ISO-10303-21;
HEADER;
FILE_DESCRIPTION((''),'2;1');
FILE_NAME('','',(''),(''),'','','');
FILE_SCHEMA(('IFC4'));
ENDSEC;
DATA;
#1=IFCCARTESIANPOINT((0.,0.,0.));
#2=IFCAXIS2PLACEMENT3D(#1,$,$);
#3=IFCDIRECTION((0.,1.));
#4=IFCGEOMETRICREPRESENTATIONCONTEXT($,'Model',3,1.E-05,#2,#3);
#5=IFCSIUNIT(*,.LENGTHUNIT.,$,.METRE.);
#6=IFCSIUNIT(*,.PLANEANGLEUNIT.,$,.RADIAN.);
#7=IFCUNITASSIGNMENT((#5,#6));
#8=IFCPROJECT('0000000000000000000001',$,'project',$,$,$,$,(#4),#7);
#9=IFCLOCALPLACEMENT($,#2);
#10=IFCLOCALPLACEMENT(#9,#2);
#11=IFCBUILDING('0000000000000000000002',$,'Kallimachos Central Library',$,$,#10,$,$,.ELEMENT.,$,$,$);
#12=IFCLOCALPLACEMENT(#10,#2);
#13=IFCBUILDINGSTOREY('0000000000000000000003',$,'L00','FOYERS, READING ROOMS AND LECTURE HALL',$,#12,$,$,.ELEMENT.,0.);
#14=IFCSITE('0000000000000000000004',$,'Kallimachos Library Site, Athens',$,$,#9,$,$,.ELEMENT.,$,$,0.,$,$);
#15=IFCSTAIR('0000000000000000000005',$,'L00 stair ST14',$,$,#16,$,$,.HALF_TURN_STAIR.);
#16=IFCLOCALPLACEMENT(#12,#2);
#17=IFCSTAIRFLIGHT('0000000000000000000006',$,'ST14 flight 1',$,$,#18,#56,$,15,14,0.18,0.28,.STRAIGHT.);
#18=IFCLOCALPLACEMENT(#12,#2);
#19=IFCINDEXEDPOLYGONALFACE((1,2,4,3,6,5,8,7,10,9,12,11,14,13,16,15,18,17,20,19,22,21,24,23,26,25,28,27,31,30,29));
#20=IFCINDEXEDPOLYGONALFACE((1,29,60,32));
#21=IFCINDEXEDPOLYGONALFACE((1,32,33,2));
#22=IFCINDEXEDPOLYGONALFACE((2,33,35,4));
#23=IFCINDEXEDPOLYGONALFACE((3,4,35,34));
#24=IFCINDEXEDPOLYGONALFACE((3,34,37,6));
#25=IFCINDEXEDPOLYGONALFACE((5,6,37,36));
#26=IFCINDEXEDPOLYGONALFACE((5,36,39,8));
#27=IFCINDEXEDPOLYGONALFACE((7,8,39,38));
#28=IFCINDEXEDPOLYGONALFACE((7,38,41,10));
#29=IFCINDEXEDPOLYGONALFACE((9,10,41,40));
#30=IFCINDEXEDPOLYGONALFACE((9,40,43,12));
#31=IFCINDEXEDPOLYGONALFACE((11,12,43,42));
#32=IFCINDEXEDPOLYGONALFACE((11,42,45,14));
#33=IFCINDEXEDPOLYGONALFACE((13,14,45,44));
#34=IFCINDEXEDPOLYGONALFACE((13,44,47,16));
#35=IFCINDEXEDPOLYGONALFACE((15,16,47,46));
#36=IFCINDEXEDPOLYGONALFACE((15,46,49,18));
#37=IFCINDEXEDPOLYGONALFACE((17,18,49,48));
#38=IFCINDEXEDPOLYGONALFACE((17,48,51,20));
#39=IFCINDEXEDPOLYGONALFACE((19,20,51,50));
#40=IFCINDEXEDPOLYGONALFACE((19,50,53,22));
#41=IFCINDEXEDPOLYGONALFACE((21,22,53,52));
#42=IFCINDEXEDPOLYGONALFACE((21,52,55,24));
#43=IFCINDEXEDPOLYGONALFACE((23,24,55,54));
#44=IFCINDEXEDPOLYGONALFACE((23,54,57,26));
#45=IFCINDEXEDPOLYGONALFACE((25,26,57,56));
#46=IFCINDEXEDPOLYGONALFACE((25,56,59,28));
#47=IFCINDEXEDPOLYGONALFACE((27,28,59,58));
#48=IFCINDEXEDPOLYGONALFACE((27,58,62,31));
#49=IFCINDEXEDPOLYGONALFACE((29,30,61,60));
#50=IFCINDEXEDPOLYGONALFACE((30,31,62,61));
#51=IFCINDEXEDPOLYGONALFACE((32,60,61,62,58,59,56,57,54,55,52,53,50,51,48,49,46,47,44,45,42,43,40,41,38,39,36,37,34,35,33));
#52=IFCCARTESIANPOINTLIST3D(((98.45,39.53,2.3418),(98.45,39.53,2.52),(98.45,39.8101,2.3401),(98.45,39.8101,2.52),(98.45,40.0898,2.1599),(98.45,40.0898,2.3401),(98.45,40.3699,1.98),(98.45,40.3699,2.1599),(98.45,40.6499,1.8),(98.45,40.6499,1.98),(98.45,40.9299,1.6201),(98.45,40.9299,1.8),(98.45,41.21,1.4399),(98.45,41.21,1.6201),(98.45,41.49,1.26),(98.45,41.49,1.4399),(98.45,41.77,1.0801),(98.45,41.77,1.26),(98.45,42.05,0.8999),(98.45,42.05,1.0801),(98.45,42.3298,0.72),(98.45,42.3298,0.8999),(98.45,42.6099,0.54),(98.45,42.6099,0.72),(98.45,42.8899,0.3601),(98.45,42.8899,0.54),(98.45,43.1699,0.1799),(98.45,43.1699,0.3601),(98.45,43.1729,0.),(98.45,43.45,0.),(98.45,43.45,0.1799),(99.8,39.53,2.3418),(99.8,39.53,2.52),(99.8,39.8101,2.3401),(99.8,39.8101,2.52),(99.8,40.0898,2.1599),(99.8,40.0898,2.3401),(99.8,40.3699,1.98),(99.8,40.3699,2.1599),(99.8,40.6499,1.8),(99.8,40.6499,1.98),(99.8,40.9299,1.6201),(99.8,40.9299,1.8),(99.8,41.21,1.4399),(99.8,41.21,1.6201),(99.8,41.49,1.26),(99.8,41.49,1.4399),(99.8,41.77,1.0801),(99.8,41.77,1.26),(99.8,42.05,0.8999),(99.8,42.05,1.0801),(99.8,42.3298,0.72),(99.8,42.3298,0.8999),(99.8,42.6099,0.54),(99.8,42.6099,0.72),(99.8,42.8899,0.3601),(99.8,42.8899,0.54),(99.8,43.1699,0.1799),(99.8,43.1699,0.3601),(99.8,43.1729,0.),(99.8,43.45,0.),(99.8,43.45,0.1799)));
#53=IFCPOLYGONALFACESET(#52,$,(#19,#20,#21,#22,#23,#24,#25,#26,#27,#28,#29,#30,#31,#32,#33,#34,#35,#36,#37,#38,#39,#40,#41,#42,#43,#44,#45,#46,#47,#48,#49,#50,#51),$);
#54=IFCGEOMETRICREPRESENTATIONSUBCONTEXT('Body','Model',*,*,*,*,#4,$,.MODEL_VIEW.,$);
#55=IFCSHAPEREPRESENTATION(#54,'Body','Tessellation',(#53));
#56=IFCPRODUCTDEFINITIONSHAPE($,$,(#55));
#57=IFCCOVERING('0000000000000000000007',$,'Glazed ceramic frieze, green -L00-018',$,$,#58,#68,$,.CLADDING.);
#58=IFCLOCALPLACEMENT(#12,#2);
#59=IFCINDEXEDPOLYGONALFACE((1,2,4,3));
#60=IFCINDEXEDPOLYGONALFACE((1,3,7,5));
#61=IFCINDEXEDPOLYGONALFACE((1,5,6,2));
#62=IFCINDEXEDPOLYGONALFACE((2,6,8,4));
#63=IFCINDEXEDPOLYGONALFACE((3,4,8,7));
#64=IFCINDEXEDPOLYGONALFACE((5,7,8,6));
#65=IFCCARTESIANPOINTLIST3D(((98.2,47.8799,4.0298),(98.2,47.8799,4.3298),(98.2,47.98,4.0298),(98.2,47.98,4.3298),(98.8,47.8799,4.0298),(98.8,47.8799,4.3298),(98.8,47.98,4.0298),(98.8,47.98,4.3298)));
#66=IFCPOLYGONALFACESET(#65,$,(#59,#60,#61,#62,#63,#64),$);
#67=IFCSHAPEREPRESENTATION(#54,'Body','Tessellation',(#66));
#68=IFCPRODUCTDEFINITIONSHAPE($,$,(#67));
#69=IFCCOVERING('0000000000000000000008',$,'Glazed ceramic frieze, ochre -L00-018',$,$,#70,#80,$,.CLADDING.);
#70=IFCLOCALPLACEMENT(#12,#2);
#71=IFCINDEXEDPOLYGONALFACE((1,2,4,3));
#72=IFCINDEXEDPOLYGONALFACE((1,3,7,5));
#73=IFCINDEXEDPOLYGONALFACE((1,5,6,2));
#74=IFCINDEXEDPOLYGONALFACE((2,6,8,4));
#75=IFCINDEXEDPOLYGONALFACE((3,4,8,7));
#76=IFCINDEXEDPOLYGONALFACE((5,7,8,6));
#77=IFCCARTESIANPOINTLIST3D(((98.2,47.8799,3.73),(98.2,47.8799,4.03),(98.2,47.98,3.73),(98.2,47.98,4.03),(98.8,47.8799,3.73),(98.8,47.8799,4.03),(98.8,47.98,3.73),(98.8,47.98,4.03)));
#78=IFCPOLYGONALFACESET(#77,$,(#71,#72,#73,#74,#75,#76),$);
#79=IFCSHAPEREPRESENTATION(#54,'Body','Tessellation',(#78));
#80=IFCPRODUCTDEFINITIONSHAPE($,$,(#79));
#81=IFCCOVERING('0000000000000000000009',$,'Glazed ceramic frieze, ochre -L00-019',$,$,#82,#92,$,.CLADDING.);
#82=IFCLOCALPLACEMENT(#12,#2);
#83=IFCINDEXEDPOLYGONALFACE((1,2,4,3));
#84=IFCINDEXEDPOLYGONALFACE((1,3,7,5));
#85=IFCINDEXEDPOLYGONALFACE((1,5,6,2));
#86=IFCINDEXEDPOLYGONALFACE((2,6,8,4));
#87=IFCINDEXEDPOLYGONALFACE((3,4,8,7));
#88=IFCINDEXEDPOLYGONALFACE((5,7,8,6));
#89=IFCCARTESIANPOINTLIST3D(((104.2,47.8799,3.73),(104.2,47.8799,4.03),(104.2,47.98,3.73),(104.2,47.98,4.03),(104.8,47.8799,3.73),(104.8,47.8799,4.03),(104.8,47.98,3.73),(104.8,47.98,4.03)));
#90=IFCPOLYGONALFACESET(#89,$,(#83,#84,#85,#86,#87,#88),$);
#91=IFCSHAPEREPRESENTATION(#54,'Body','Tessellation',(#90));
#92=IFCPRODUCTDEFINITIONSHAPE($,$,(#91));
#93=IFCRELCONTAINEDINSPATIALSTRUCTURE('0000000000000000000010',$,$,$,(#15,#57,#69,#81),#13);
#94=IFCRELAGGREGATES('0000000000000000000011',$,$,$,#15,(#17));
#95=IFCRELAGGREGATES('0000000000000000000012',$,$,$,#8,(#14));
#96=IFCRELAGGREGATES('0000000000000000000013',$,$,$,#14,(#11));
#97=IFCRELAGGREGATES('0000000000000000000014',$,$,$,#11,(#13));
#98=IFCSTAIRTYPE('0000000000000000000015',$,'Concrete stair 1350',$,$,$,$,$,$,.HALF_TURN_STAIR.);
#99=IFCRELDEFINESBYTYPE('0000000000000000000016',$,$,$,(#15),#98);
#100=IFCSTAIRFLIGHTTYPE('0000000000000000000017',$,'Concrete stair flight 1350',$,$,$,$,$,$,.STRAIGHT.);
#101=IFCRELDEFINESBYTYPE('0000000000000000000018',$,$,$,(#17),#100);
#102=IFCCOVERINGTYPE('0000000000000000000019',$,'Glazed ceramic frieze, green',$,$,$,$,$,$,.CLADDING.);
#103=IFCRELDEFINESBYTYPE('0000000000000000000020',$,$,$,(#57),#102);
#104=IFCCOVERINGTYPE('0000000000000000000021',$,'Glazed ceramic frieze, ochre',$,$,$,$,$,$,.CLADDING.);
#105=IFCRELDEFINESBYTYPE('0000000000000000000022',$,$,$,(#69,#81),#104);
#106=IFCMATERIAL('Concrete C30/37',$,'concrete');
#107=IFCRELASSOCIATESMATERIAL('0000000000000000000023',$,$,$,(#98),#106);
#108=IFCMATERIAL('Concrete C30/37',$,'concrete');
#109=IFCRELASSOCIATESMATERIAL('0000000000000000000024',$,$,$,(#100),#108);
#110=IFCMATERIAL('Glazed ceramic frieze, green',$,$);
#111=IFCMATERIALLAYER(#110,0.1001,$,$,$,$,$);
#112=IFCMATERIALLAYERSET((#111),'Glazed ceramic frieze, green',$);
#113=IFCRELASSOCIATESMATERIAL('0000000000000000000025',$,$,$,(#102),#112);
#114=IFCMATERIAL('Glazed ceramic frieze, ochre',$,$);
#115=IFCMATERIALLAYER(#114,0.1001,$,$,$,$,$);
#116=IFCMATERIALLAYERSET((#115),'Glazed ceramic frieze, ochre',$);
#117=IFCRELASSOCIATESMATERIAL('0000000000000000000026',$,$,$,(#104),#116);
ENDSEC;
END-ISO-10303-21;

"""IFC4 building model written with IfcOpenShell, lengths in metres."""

from ifc_helpers import new_model, si_unit, direction, frame, origin, origin_2d, place, context, subcontext, project, spatial, polyline, rectangle, outline, extrude, material, layer, layer_set, type_object, element, aggregate, save


model = new_model("IFC4")

# Units and contexts
model_context = context("Model", 3, precision=1e-05, world=origin(), true_north=direction((0.0, 1.0)))
body_context = subcontext(model_context, "Body", "Model", "MODEL_VIEW")
ifc_project = project(units=[si_unit("LENGTHUNIT", "METRE"), si_unit("PLANEANGLEUNIT", "RADIAN")], contexts=[model_context])

# Site, building, storey
site_placement = place(None, origin())
site = spatial("IfcSite", under=ifc_project, at=site_placement, Name="Kallimachos Library Site, Athens", CompositionType="ELEMENT", RefElevation=0.0)
building_placement = place(site_placement, origin())
building = spatial("IfcBuilding", under=site, at=building_placement, Name="Kallimachos Central Library", CompositionType="ELEMENT")
storey_placement = place(building_placement, origin())
storey = spatial("IfcBuildingStorey", under=building, at=storey_placement, Name="L00", Description="FOYERS, READING ROOMS AND LECTURE HALL", CompositionType="ELEMENT", Elevation=0.0)

# Stair, stair flight
ifc_material_1 = material(Name="Concrete C30/37", Category="concrete")
stair_type = type_object("IfcStairType", Name="Concrete stair 1350", PredefinedType="HALF_TURN_STAIR", material=ifc_material_1)
stair_placement = place(storey_placement, origin())
stair = element("IfcStair", 1, at=stair_placement, inside=storey, type_object=stair_type, Name="L00 stair ST14", PredefinedType="HALF_TURN_STAIR")
ifc_material_2 = material(Name="Concrete C30/37", Category="concrete")
stair_flight_type = type_object("IfcStairFlightType", Name="Concrete stair flight 1350", PredefinedType="STRAIGHT", material=ifc_material_2)
stair_flight_placement = place(storey_placement, frame((99.125, 43.45, 0.0), z_axis=(0.0, 0.0, 1.0), x_axis=(0.0, -1.0, 0.0)))
stair_flight = element("IfcStairFlight", 2, at=stair_flight_placement, type_object=stair_flight_type, Name="ST14 flight 1", NumberOfRisers=15, NumberOfTreads=14, PredefinedType="STRAIGHT", RiserHeight=0.18, TreadLength=0.28, context=body_context, shape_type="SweptSolid", body=[
    extrude(outline(polyline([(0.0, 0.0), (0.0, 0.1799), (0.28, 0.1799), (0.28, 0.3601), (0.5601, 0.3601), (0.5601, 0.54), (0.8401, 0.54), (0.8401, 0.72), (1.1201, 0.72), (1.1201, 0.8999), (1.3999, 0.8999), (1.3999, 1.0801), (1.6799, 1.0801), (1.6799, 1.26), (1.96, 1.26), (1.96, 1.4399), (2.24, 1.4399), (2.24, 1.6201), (2.52, 1.6201), (2.52, 1.8), (2.8, 1.8), (2.8, 1.98), (3.0801, 1.98), (3.0801, 2.1599), (3.3601, 2.1599), (3.3601, 2.3401), (3.6399, 2.3401), (3.6399, 2.52), (3.9199, 2.52), (3.9199, 2.7), (3.9199, 2.3418), (0.2771, 0.0), (0.0, 0.0)])), frame((0.0, 0.675, 0.0), z_axis=(0.0, -1.0, 0.0), x_axis=(1.0, 0.0, 0.0)), (0.0, 0.0, 1.0), 1.3501),
])
aggregate(stair, [stair_flight])

# Coverings
ifc_material_3 = material(Name="Glazed ceramic frieze, green")
ifc_layer_1 = layer(ifc_material_3, 0.1001)
ifc_layer_set_1 = layer_set([ifc_layer_1], Name="Glazed ceramic frieze, green")
covering_type_1 = type_object("IfcCoveringType", Name="Glazed ceramic frieze, green", PredefinedType="CLADDING", material=ifc_layer_set_1)
covering_1_placement = place(storey_placement, frame((98.5, 47.9299, 4.0298), z_axis=(0.0, 0.0, 1.0), x_axis=(1.0, 0.0, 0.0)))
element("IfcCovering", 3, at=covering_1_placement, inside=storey, type_object=covering_type_1, Name="Glazed ceramic frieze, green -L00-018", PredefinedType="CLADDING", context=body_context, shape_type="SweptSolid", body=[
    extrude(rectangle(XDim=0.6001, YDim=0.1001, at=origin_2d()), origin(), (0.0, 0.0, 1.0), 0.3),
])
ifc_material_4 = material(Name="Glazed ceramic frieze, ochre")
ifc_layer_2 = layer(ifc_material_4, 0.1001)
ifc_layer_set_2 = layer_set([ifc_layer_2], Name="Glazed ceramic frieze, ochre")
covering_type_2 = type_object("IfcCoveringType", Name="Glazed ceramic frieze, ochre", PredefinedType="CLADDING", material=ifc_layer_set_2)
for number, where, z_axis, x_axis, name in (
    (4, (98.5, 47.9299, 3.73), (0.0, 0.0, 1.0), (1.0, 0.0, 0.0), "Glazed ceramic frieze, ochre -L00-018"),
    (5, (104.5, 47.9299, 3.73), (0.0, 0.0, 1.0), (1.0, 0.0, 0.0), "Glazed ceramic frieze, ochre -L00-019"),
):
    element("IfcCovering", number, at=place(storey_placement, frame(where, z_axis=z_axis, x_axis=x_axis)), inside=storey, type_object=covering_type_2, Name=name, PredefinedType="CLADDING", context=body_context, shape_type="SweptSolid", body=[
        extrude(rectangle(XDim=0.6001, YDim=0.1001, at=origin_2d()), origin(), (0.0, 0.0, 1.0), 0.3),
    ])

save(model, "model.ifc")
